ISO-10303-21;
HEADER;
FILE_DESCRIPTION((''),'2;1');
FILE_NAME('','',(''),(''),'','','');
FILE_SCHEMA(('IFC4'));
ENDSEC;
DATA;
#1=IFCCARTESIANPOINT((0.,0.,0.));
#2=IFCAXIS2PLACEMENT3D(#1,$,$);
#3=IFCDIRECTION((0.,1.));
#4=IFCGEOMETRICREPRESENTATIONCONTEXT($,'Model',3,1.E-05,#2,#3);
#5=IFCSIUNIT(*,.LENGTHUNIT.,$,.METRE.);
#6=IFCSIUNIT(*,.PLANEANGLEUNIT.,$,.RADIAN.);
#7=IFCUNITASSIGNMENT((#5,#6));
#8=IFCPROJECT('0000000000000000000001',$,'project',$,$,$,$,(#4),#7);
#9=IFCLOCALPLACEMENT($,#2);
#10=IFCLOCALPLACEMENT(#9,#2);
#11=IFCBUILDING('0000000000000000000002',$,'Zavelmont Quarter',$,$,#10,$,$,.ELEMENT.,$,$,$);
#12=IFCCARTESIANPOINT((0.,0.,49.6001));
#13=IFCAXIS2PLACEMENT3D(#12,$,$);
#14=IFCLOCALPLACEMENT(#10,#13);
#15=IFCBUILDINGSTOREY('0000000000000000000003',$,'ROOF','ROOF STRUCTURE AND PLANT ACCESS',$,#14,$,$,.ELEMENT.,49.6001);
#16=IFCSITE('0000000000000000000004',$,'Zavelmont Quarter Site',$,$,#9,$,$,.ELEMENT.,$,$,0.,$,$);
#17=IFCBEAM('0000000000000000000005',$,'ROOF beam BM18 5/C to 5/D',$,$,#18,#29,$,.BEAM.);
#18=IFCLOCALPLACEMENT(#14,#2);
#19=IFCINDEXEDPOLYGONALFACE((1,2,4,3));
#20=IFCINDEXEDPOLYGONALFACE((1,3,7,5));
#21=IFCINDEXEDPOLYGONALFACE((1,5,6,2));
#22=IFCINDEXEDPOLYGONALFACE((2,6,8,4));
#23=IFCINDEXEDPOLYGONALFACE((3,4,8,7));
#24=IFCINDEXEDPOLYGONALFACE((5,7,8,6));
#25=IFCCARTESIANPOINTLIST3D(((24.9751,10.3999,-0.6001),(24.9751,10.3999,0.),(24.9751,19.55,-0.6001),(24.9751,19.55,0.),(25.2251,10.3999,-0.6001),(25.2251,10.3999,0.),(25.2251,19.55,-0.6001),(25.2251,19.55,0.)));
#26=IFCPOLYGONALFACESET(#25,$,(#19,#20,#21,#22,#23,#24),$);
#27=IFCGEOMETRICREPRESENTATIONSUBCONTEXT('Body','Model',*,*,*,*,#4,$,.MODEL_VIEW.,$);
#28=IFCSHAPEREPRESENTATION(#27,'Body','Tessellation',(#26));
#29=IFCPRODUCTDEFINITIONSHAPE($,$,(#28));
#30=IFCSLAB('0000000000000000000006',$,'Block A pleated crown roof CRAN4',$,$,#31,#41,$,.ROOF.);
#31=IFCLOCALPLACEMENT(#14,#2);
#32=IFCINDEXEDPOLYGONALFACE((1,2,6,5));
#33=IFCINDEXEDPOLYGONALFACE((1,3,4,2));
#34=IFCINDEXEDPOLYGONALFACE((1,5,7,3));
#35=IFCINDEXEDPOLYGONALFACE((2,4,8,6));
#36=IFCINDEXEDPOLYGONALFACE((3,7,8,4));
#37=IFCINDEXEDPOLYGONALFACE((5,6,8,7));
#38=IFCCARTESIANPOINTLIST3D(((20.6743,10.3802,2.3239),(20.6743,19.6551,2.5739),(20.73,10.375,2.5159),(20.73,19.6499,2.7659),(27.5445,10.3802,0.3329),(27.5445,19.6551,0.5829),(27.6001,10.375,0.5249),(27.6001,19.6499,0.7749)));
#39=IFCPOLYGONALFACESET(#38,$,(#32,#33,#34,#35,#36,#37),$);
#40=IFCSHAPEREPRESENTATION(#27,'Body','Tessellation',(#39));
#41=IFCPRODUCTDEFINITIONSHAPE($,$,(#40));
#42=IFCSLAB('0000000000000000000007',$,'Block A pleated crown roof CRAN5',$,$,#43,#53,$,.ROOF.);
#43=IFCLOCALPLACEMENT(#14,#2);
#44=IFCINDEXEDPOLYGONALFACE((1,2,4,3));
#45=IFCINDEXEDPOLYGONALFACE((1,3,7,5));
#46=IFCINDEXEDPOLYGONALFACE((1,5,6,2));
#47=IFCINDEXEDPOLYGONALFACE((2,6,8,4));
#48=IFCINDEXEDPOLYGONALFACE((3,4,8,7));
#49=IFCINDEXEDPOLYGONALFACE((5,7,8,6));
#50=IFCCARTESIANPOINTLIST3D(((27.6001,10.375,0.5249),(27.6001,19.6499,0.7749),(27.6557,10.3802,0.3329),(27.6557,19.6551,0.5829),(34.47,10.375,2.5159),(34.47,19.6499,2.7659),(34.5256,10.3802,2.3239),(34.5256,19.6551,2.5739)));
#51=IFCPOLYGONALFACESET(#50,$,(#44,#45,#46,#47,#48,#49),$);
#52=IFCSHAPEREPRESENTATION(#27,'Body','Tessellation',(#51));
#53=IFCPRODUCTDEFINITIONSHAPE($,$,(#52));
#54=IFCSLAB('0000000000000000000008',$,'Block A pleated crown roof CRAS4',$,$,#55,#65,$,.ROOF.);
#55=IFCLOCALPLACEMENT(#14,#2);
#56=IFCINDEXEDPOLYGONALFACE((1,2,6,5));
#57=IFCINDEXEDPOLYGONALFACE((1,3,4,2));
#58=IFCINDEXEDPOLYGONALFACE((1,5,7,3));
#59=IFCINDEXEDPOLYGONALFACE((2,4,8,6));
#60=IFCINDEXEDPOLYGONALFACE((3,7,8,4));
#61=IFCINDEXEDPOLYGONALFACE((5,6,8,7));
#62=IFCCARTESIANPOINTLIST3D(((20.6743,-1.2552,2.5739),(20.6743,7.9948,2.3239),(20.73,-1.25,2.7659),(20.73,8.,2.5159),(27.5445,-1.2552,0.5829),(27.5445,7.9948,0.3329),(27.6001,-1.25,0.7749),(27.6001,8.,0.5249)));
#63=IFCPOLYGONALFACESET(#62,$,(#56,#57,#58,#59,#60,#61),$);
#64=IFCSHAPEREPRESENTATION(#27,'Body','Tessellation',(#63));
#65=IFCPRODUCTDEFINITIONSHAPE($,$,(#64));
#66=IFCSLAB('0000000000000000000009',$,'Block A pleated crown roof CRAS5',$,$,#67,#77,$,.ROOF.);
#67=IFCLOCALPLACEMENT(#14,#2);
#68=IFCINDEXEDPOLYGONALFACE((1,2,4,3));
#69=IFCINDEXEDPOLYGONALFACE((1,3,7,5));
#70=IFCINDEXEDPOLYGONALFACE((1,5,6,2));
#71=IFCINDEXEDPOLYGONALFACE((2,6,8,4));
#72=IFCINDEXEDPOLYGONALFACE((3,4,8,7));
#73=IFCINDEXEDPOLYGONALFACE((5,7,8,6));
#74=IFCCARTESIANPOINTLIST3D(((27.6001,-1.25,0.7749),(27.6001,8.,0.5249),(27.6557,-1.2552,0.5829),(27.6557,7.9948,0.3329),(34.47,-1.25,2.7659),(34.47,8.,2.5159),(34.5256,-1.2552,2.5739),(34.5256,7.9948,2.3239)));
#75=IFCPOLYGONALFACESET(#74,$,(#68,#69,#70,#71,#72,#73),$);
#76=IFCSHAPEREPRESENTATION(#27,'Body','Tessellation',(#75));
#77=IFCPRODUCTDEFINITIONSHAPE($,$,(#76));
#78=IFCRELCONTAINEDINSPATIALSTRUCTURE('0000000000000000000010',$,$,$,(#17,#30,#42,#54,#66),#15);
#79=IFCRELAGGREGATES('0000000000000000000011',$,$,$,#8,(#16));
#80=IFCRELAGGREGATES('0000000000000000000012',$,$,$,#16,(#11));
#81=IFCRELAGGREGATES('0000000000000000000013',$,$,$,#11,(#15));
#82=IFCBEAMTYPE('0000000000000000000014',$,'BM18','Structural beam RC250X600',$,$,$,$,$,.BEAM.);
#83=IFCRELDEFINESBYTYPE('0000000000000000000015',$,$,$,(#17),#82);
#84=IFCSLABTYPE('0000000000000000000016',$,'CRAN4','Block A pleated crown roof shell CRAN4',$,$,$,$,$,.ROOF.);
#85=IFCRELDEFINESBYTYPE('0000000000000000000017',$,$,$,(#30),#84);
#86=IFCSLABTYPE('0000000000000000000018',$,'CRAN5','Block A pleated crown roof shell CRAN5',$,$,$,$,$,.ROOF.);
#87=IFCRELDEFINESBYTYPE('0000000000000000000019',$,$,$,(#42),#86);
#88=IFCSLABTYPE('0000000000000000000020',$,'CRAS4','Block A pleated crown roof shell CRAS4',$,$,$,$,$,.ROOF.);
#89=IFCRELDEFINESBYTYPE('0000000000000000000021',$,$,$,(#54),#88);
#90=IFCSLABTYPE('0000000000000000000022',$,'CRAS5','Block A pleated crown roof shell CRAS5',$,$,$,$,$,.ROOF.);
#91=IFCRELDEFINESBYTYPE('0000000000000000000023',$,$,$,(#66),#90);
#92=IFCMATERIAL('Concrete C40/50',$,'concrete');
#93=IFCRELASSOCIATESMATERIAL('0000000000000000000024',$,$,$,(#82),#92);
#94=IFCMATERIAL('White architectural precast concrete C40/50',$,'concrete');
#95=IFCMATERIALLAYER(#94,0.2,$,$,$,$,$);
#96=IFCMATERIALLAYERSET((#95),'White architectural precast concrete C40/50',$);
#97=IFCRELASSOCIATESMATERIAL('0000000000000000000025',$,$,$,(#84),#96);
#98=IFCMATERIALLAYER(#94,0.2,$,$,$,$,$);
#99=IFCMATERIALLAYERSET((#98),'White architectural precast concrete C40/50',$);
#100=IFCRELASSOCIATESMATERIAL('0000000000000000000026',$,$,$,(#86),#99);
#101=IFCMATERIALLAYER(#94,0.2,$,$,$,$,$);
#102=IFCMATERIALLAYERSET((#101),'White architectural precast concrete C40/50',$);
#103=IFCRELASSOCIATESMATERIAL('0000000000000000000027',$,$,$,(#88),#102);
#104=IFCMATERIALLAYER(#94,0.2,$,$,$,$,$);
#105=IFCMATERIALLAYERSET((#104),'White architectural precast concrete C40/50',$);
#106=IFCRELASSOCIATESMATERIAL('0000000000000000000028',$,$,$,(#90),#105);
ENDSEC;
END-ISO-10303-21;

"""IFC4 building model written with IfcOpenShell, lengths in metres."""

from ifc_helpers import new_model, si_unit, direction, frame, origin, origin_2d, place, context, subcontext, project, spatial, polyline, rectangle, outline, extrude, material, layer, layer_set, material_profile, profile_set, type_object, element, save


model = new_model("IFC4")

# Units and contexts
model_context = context("Model", 3, precision=1e-05, world=origin(), true_north=direction((0.0, 1.0)))
body_context = subcontext(model_context, "Body", "Model", "MODEL_VIEW")
ifc_project = project(units=[si_unit("LENGTHUNIT", "METRE"), si_unit("PLANEANGLEUNIT", "RADIAN")], contexts=[model_context])

# Site, building, storey
site_placement = place(None, origin())
site = spatial("IfcSite", under=ifc_project, at=site_placement, Name="Zavelmont Quarter Site", CompositionType="ELEMENT", RefElevation=0.0)
building_placement = place(site_placement, origin())
building = spatial("IfcBuilding", under=site, at=building_placement, Name="Zavelmont Quarter", CompositionType="ELEMENT")
storey_placement = place(building_placement, frame((0.0, 0.0, 49.6001)))
storey = spatial("IfcBuildingStorey", under=building, at=storey_placement, Name="ROOF", Description="ROOF STRUCTURE AND PLANT ACCESS", CompositionType="ELEMENT", Elevation=49.6001)

# Beam
ifc_material_1 = material(Name="Concrete C40/50", Category="concrete")
ifc_material_profile_1 = material_profile(ifc_material_1, rectangle(XDim=0.25, YDim=0.6001, at=origin_2d()), Name="RC250X600")
ifc_profile_set_1 = profile_set([ifc_material_profile_1], Name="Concrete C40/50")
beam_type_1 = type_object("IfcBeamType", Name="BM18", Description="Structural beam RC250X600", PredefinedType="BEAM", material=ifc_profile_set_1)
for number, where, z_axis, x_axis, name in (
    (1, (25.1001, 10.3999, -0.3), (0.0, 1.0, 0.0), (-1.0, 0.0, 0.0), "ROOF beam BM18 5/C to 5/D"),
):
    element("IfcBeam", number, at=place(storey_placement, frame(where, z_axis=z_axis, x_axis=x_axis)), inside=storey, type_object=beam_type_1, Name=name, PredefinedType="BEAM", context=body_context, shape_type="SweptSolid", body=[
        extrude(rectangle(XDim=0.25, YDim=0.6001, at=origin_2d()), origin(), (0.0, 0.0, 1.0), 9.1501),
    ])

# Slabs
ifc_material_2 = material(Name="White architectural precast concrete C40/50", Category="concrete")
ifc_layer_1 = layer(ifc_material_2, 0.2)
ifc_layer_set_1 = layer_set([ifc_layer_1], Name="White architectural precast concrete C40/50")
slab_type_1 = type_object("IfcSlabType", Name="CRAN4", Description="Block A pleated crown roof shell CRAN4", PredefinedType="ROOF", material=ifc_layer_set_1)
slab_1_placement = place(storey_placement, frame((20.73, 10.375, 2.5159), z_axis=(0.278255, -0.025881, 0.960159), x_axis=(0.96048, 0.0, -0.278348)))
element("IfcSlab", 2, at=slab_1_placement, inside=storey, type_object=slab_type_1, Name="Block A pleated crown roof CRAN4", PredefinedType="ROOF", context=body_context, shape_type="SweptSolid", body=[
    extrude(outline(polyline([(0.0, 0.0), (7.1528, 0.0), (7.0832, 9.278), (-0.0696, 9.278), (0.0, 0.0)])), origin(), (0.0, 0.0, -1.0), 0.2),
])
ifc_layer_2 = layer(ifc_material_2, 0.2)
ifc_layer_set_2 = layer_set([ifc_layer_2], Name="White architectural precast concrete C40/50")
slab_type_2 = type_object("IfcSlabType", Name="CRAN5", Description="Block A pleated crown roof shell CRAN5", PredefinedType="ROOF", material=ifc_layer_set_2)
slab_2_placement = place(storey_placement, frame((27.6001, 10.375, 0.5249), z_axis=(-0.278264, -0.02588, 0.960156), x_axis=(0.960478, 0.0, 0.278357)))
element("IfcSlab", 3, at=slab_2_placement, inside=storey, type_object=slab_type_2, Name="Block A pleated crown roof CRAN5", PredefinedType="ROOF", context=body_context, shape_type="SweptSolid", body=[
    extrude(outline(polyline([(0.0, 0.0), (7.1526, 0.0), (7.2221, 9.278), (0.0696, 9.278), (0.0, 0.0)])), origin(), (0.0, 0.0, -1.0), 0.2),
])
ifc_layer_3 = layer(ifc_material_2, 0.2)
ifc_layer_set_3 = layer_set([ifc_layer_3], Name="White architectural precast concrete C40/50")
slab_type_3 = type_object("IfcSlabType", Name="CRAS4", Description="Block A pleated crown roof shell CRAS4", PredefinedType="ROOF", material=ifc_layer_set_3)
slab_3_placement = place(storey_placement, frame((20.73, -1.25, 2.7659), z_axis=(0.278254, 0.02595, 0.960157), x_axis=(0.96048, 0.0, -0.278348)))
element("IfcSlab", 4, at=slab_3_placement, inside=storey, type_object=slab_type_3, Name="Block A pleated crown roof CRAS4", PredefinedType="ROOF", context=body_context, shape_type="SweptSolid", body=[
    extrude(outline(polyline([(0.0, 0.0), (7.1528, 0.0), (7.2224, 9.2531), (0.0696, 9.2531), (0.0, 0.0)])), origin(), (0.0, 0.0, -1.0), 0.2),
])
ifc_layer_4 = layer(ifc_material_2, 0.2)
ifc_layer_set_4 = layer_set([ifc_layer_4], Name="White architectural precast concrete C40/50")
slab_type_4 = type_object("IfcSlabType", Name="CRAS5", Description="Block A pleated crown roof shell CRAS5", PredefinedType="ROOF", material=ifc_layer_set_4)
slab_4_placement = place(storey_placement, frame((27.6001, -1.25, 0.7749), z_axis=(-0.278264, 0.02595, 0.960154), x_axis=(0.960478, 0.0, 0.278357)))
element("IfcSlab", 5, at=slab_4_placement, inside=storey, type_object=slab_type_4, Name="Block A pleated crown roof CRAS5", PredefinedType="ROOF", context=body_context, shape_type="SweptSolid", body=[
    extrude(outline(polyline([(0.0, 0.0), (7.1526, 0.0), (7.083, 9.2531), (-0.0696, 9.2531), (0.0, 0.0)])), origin(), (0.0, 0.0, -1.0), 0.2),
])

save(model, "model.ifc")
